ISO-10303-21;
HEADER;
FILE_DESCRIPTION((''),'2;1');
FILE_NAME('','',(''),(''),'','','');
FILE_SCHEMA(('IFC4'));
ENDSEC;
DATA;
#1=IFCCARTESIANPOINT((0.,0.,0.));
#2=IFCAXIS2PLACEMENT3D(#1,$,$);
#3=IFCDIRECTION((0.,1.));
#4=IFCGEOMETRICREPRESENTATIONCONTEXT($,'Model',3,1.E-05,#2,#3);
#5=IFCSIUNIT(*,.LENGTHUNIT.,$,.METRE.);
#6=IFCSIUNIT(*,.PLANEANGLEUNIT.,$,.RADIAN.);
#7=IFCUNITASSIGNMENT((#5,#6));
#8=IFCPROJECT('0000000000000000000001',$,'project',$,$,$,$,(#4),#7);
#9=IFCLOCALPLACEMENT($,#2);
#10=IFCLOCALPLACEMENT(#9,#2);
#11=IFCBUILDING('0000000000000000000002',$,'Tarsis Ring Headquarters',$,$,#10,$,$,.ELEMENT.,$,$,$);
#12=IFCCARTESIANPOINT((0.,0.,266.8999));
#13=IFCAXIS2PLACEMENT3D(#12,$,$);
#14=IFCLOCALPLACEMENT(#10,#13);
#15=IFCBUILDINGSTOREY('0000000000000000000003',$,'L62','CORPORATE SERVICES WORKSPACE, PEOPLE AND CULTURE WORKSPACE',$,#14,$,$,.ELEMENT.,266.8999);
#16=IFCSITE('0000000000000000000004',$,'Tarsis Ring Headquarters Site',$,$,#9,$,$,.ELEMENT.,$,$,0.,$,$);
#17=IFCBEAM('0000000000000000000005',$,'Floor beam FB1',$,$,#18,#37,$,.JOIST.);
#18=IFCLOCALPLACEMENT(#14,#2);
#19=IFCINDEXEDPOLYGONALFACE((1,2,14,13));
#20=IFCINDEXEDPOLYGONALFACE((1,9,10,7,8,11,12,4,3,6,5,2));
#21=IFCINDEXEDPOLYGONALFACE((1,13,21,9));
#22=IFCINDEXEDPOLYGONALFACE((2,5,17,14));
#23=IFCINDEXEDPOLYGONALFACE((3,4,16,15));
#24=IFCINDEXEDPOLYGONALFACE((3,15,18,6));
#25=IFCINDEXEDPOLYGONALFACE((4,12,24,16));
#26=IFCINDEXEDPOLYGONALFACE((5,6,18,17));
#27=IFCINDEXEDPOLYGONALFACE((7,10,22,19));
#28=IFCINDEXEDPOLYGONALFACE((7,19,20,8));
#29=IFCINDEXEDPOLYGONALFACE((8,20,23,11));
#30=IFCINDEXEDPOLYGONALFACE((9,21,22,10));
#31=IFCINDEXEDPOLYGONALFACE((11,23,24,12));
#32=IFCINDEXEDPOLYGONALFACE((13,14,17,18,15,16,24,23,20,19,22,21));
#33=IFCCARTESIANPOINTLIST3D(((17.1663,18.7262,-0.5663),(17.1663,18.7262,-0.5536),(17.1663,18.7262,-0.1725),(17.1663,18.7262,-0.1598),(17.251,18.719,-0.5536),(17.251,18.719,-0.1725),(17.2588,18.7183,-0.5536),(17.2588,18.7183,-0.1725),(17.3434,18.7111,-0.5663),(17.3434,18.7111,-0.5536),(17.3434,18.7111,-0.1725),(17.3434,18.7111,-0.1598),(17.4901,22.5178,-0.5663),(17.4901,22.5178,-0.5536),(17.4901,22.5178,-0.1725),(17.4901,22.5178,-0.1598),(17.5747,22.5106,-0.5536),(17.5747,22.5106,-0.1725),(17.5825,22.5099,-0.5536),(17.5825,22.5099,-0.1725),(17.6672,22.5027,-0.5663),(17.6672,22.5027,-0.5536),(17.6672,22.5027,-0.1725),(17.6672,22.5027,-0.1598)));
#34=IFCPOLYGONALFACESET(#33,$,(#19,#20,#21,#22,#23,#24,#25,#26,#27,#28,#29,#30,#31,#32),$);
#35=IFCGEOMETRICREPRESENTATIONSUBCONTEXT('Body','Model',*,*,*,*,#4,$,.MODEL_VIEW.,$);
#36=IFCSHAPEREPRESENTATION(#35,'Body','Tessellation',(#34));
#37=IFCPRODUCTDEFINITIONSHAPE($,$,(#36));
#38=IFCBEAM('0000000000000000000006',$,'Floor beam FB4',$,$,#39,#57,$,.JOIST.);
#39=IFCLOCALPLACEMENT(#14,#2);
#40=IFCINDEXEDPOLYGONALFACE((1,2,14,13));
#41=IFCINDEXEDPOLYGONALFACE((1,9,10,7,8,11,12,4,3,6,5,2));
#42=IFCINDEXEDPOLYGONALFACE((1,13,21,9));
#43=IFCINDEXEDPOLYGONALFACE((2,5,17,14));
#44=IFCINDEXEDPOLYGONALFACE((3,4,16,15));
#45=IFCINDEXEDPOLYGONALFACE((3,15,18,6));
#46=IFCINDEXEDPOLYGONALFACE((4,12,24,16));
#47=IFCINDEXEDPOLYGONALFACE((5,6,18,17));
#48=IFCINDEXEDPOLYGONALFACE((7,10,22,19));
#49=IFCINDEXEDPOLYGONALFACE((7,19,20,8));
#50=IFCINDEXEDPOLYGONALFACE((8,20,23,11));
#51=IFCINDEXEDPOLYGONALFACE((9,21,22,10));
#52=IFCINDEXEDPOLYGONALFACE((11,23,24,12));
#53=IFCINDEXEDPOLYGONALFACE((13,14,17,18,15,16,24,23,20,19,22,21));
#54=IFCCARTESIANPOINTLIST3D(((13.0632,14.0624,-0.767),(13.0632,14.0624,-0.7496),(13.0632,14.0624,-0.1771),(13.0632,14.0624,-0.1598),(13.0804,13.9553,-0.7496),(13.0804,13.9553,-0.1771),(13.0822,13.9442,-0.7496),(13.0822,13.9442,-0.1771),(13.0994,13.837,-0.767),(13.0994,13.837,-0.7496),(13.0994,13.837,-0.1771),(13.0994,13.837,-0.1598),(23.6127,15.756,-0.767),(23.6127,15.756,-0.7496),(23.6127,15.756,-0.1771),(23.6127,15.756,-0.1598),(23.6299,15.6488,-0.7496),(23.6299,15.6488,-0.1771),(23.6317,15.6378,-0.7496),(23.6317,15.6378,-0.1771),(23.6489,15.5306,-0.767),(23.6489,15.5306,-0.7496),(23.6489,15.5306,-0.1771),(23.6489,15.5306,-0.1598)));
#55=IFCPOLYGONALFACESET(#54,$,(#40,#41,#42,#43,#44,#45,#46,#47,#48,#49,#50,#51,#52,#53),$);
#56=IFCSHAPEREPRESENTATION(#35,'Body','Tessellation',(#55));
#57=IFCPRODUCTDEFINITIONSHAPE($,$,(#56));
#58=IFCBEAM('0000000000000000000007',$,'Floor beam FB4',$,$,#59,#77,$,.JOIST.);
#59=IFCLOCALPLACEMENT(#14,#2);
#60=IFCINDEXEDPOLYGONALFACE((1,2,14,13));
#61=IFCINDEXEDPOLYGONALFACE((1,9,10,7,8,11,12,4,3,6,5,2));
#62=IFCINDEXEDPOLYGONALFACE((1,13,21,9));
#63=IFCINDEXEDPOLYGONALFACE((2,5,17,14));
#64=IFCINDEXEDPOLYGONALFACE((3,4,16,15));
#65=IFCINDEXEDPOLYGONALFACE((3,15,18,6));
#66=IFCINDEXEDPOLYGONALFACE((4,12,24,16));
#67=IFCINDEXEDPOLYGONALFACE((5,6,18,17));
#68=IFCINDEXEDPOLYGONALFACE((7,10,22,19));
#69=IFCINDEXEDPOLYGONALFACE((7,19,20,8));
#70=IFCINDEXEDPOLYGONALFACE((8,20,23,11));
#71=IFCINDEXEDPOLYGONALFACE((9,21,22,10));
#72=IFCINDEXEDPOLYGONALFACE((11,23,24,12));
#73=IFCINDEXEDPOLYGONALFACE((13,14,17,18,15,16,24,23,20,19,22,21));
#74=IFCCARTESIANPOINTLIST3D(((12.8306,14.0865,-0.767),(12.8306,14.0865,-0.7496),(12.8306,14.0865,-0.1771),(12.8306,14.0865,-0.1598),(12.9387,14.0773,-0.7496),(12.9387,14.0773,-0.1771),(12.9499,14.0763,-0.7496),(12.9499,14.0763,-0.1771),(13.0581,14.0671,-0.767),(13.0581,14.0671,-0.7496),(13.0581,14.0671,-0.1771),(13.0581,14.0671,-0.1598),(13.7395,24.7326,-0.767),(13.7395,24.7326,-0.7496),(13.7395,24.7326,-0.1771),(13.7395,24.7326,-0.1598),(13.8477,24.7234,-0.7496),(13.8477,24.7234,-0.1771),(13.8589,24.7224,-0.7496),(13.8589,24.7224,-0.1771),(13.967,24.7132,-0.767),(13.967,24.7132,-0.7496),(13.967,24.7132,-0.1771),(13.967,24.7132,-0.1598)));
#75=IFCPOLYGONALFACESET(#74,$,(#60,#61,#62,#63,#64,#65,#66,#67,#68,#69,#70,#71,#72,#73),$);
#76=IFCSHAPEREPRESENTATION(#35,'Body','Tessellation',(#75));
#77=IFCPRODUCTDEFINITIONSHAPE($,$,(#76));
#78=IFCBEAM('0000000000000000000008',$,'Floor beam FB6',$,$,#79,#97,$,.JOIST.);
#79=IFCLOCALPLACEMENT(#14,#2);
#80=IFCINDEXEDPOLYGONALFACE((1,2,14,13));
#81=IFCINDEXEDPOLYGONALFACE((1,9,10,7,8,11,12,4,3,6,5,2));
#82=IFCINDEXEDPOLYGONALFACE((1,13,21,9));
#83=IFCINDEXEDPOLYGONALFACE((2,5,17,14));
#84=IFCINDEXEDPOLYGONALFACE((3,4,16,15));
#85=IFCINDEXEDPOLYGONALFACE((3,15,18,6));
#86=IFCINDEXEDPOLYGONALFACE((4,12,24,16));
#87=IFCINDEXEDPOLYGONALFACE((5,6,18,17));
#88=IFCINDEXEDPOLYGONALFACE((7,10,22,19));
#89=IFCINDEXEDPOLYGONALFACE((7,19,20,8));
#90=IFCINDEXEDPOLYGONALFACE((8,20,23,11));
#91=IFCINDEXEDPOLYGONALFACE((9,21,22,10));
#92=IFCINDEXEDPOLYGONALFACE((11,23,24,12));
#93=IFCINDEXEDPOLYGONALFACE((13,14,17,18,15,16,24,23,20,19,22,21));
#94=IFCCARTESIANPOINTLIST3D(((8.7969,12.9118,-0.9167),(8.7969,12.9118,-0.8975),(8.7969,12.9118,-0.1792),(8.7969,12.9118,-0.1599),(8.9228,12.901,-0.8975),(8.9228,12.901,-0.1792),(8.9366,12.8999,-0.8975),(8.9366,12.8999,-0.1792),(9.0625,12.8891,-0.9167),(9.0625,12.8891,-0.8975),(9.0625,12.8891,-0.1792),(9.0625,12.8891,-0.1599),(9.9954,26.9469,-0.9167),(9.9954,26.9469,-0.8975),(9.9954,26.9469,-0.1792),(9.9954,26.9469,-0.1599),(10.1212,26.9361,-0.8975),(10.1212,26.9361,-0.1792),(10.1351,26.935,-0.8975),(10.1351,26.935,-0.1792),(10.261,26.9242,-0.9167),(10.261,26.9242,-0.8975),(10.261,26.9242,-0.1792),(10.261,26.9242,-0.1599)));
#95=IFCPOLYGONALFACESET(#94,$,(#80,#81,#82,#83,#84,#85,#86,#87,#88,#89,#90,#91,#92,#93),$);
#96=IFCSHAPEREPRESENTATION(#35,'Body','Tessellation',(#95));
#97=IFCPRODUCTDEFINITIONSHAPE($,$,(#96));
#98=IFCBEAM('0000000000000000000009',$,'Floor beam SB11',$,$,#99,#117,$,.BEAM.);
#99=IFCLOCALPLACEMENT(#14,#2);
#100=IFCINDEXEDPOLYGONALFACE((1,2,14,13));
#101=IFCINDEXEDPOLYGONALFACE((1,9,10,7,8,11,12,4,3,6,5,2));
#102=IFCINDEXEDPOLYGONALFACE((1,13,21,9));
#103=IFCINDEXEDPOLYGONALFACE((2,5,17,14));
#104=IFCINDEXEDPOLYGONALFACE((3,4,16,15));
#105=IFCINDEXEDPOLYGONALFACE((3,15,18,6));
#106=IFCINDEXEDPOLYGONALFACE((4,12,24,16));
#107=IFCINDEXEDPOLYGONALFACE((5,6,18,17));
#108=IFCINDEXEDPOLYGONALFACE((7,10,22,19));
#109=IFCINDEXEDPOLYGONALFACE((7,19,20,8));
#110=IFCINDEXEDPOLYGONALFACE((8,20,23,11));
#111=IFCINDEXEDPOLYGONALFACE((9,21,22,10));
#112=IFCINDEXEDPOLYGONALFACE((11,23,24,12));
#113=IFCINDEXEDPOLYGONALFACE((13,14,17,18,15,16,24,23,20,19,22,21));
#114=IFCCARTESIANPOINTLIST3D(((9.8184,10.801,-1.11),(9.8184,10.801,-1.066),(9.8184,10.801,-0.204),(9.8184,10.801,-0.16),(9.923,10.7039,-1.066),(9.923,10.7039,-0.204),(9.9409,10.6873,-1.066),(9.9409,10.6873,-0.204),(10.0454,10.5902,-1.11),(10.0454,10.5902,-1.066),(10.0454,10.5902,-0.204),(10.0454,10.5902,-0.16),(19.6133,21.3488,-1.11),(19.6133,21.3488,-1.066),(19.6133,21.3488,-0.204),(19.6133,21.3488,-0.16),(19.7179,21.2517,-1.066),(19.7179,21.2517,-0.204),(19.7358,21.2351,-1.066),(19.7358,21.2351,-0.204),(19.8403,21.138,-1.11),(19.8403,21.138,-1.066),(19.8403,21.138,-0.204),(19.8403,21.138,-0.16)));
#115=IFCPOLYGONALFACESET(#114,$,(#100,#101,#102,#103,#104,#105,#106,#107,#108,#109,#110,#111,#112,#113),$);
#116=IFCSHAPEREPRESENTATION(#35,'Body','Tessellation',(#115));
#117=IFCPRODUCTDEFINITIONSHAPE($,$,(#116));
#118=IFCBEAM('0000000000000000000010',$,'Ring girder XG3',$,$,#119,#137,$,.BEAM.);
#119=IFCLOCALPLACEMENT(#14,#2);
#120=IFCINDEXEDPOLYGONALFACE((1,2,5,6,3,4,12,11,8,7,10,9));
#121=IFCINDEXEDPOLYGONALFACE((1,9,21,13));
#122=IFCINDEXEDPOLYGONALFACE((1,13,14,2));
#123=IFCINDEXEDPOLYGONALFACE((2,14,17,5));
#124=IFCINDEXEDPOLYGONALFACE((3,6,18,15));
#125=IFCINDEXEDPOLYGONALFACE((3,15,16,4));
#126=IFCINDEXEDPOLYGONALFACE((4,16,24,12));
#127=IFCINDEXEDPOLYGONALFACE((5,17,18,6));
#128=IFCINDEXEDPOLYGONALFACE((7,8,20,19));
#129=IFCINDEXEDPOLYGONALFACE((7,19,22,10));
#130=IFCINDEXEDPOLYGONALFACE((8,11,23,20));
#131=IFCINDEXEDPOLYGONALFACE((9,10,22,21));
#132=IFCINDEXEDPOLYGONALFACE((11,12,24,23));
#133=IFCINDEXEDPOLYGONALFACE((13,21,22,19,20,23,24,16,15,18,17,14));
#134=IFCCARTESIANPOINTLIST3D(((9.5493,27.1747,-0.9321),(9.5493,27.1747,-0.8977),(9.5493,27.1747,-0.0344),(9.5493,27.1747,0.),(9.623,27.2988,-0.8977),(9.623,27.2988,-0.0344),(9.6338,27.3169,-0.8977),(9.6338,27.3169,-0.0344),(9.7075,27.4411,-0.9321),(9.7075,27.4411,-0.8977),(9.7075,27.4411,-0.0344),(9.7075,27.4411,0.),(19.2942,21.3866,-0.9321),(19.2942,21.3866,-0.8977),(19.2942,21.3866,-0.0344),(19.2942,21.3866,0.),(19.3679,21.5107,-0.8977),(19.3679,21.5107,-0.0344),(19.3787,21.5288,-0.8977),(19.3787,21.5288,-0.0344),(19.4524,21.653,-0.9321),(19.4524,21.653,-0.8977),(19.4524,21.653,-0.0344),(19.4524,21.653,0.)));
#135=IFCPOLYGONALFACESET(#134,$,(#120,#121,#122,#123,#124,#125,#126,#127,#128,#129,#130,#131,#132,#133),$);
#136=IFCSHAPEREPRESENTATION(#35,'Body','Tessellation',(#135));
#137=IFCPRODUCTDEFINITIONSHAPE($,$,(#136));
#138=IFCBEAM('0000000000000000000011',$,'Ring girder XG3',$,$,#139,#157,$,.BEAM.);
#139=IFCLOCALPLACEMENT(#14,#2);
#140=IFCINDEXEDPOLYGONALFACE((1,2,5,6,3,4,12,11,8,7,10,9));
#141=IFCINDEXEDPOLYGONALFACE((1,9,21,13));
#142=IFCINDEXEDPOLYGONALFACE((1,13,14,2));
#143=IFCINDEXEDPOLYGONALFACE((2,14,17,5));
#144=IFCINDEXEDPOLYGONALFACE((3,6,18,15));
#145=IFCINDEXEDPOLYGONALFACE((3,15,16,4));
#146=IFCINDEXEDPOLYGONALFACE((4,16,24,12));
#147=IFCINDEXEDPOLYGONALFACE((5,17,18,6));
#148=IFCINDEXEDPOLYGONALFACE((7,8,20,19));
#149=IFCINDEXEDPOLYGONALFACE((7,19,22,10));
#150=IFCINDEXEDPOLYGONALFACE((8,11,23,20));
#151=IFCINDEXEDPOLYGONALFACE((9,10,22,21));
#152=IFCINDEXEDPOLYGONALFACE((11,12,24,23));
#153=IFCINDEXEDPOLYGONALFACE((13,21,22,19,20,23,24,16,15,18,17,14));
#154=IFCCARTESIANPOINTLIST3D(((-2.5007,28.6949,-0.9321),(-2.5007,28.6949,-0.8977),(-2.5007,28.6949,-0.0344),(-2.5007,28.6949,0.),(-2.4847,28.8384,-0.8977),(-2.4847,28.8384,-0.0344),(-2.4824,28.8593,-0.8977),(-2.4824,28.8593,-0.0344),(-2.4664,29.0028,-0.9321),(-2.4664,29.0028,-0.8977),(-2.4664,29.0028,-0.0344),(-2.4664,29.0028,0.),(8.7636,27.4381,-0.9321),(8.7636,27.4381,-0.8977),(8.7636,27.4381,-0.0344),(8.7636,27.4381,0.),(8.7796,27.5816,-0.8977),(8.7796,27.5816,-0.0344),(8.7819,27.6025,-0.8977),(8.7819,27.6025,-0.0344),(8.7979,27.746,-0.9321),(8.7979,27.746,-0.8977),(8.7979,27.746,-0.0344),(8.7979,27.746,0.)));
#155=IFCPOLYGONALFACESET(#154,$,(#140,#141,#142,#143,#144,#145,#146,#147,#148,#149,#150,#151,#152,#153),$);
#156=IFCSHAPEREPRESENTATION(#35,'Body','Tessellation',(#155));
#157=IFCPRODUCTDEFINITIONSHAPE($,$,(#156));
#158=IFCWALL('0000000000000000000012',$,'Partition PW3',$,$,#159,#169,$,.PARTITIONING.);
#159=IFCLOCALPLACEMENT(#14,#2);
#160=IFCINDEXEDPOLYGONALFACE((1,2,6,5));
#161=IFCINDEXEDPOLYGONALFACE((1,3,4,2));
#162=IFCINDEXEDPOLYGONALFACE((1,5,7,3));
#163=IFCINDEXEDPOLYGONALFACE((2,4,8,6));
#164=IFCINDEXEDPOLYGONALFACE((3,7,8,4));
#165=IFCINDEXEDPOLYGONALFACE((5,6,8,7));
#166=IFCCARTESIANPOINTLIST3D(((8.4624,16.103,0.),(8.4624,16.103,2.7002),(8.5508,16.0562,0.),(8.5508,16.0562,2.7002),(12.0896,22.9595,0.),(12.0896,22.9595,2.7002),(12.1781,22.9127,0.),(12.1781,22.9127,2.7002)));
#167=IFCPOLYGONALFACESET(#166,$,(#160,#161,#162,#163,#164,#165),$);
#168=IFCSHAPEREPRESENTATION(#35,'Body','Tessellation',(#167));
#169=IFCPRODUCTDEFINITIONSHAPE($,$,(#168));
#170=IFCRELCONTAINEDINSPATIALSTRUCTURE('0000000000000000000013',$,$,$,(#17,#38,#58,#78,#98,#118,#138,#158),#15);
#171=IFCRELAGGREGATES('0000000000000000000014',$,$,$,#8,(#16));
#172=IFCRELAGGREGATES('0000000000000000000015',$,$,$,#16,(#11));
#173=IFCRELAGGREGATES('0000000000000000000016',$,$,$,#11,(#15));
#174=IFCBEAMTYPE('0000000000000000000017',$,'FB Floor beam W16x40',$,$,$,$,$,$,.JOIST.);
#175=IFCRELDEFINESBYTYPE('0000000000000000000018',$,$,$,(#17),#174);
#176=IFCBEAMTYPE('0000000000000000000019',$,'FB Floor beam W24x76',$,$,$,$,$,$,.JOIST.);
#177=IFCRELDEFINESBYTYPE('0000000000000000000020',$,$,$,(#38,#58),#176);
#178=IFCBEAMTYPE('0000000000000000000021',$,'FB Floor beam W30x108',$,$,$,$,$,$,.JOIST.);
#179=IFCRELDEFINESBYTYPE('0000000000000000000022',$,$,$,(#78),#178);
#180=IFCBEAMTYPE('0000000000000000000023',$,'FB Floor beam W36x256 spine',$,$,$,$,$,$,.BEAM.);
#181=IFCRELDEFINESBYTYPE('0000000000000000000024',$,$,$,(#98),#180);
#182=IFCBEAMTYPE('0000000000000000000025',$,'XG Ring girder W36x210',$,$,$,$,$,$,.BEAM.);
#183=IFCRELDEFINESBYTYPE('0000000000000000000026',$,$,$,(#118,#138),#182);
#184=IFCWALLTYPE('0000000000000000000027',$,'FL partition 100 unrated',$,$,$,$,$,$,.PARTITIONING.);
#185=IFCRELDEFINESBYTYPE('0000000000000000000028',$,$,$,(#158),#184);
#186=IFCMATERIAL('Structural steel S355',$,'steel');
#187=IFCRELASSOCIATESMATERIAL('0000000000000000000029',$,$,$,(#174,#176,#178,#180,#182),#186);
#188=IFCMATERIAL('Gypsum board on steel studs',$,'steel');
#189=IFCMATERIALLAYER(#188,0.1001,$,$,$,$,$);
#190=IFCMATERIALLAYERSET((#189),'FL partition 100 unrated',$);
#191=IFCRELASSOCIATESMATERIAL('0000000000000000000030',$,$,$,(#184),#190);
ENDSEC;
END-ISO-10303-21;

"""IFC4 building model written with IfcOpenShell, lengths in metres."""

from ifc_helpers import new_model, si_unit, direction, frame, frame_2d, origin, origin_2d, place, context, subcontext, project, spatial, rectangle, i_section, extrude, material, layer, layer_set, material_profile, profile_set, type_object, element, save


model = new_model("IFC4")

# Units and contexts
model_context = context("Model", 3, precision=1e-05, world=origin(), true_north=direction((0.0, 1.0)))
body_context = subcontext(model_context, "Body", "Model", "MODEL_VIEW")
ifc_project = project(units=[si_unit("LENGTHUNIT", "METRE"), si_unit("PLANEANGLEUNIT", "RADIAN")], contexts=[model_context])

# Site, building, storey
site_placement = place(None, origin())
site = spatial("IfcSite", under=ifc_project, at=site_placement, Name="Tarsis Ring Headquarters Site", CompositionType="ELEMENT", RefElevation=0.0)
building_placement = place(site_placement, origin())
building = spatial("IfcBuilding", under=site, at=building_placement, Name="Tarsis Ring Headquarters", CompositionType="ELEMENT")
storey_placement = place(building_placement, frame((0.0, 0.0, 266.8999)))
storey = spatial("IfcBuildingStorey", under=building, at=storey_placement, Name="L62", Description="CORPORATE SERVICES WORKSPACE, PEOPLE AND CULTURE WORKSPACE", CompositionType="ELEMENT", Elevation=266.8999)

# Shared definitions
ifc_material_1 = material(Name="Structural steel S355", Category="steel")

# Beams
ifc_material_profile_1 = material_profile(ifc_material_1, i_section(OverallWidth=0.1777, OverallDepth=0.4065, WebThickness=0.0078, FlangeThickness=0.0127, at=origin_2d()), Name="W16x40")
ifc_profile_set_1 = profile_set([ifc_material_profile_1], Name="Structural steel S355")
beam_type_1 = type_object("IfcBeamType", Name="FB Floor beam W16x40", PredefinedType="JOIST", material=ifc_profile_set_1)
beam_1_placement = place(storey_placement, frame((17.5786, 22.5103, -0.363), z_axis=(-0.085074, -0.996375, 0.0), x_axis=(0.996375, -0.085074, 0.0)))
element("IfcBeam", 1, at=beam_1_placement, inside=storey, type_object=beam_type_1, Name="Floor beam FB1", PredefinedType="JOIST", context=body_context, shape_type="SweptSolid", body=[
    extrude(i_section(OverallWidth=0.1777, OverallDepth=0.4065, WebThickness=0.0078, FlangeThickness=0.0127, at=origin_2d()), origin(), (0.0, 0.0, 1.0), 3.8054),
])
ifc_material_profile_2 = material_profile(ifc_material_1, i_section(OverallWidth=0.2283, OverallDepth=0.6072, WebThickness=0.0112, FlangeThickness=0.0173, at=origin_2d()), Name="W24x76")
ifc_profile_set_2 = profile_set([ifc_material_profile_2], Name="Structural steel S355")
beam_type_2 = type_object("IfcBeamType", Name="FB Floor beam W24x76", PredefinedType="JOIST", material=ifc_profile_set_2)
beam_2_placement = place(storey_placement, frame((13.0813, 13.9497, -0.4634), z_axis=(0.987358, 0.158508, 0.0), x_axis=(-0.158508, 0.987358, 0.0)))
element("IfcBeam", 2, at=beam_2_placement, inside=storey, type_object=beam_type_2, Name="Floor beam FB4", PredefinedType="JOIST", context=body_context, shape_type="SweptSolid", body=[
    extrude(i_section(OverallWidth=0.2283, OverallDepth=0.6072, WebThickness=0.0112, FlangeThickness=0.0173, at=origin_2d()), origin(), (0.0, 0.0, 1.0), 10.6846),
])
beam_3_placement = place(storey_placement, frame((13.8533, 24.7229, -0.4634), z_axis=(-0.085069, -0.996375, 0.0), x_axis=(0.996375, -0.085069, 0.0)))
element("IfcBeam", 3, at=beam_3_placement, inside=storey, type_object=beam_type_2, Name="Floor beam FB4", PredefinedType="JOIST", context=body_context, shape_type="SweptSolid", body=[
    extrude(i_section(OverallWidth=0.2283, OverallDepth=0.6072, WebThickness=0.0112, FlangeThickness=0.0173, at=origin_2d()), origin(), (0.0, 0.0, 1.0), 10.6848),
])
ifc_material_profile_3 = material_profile(ifc_material_1, i_section(OverallWidth=0.2666, OverallDepth=0.7568, WebThickness=0.0139, FlangeThickness=0.0193, at=origin_2d()), Name="W30x108")
ifc_profile_set_3 = profile_set([ifc_material_profile_3], Name="Structural steel S355")
beam_type_3 = type_object("IfcBeamType", Name="FB Floor beam W30x108", PredefinedType="JOIST", material=ifc_profile_set_3)
beam_4_placement = place(storey_placement, frame((10.1282, 26.9355, -0.5383), z_axis=(-0.085082, -0.996374, 0.0), x_axis=(0.996374, -0.085082, 0.0)))
element("IfcBeam", 4, at=beam_4_placement, inside=storey, type_object=beam_type_3, Name="Floor beam FB6", PredefinedType="JOIST", context=body_context, shape_type="SweptSolid", body=[
    extrude(i_section(OverallWidth=0.2666, OverallDepth=0.7568, WebThickness=0.0139, FlangeThickness=0.0193, at=origin_2d()), origin(), (0.0, 0.0, 1.0), 14.0862),
])
ifc_material_profile_4 = material_profile(ifc_material_1, i_section(OverallWidth=0.3098, OverallDepth=0.95, WebThickness=0.0244, FlangeThickness=0.0439, at=origin_2d()), Name="W36x256")
ifc_profile_set_4 = profile_set([ifc_material_profile_4], Name="Structural steel S355")
beam_type_4 = type_object("IfcBeamType", Name="FB Floor beam W36x256 spine", PredefinedType="BEAM", material=ifc_profile_set_4)
beam_5_placement = place(storey_placement, frame((19.7268, 21.2434, -0.635), z_axis=(-0.680469, -0.732777, 0.0), x_axis=(0.732777, -0.680469, 0.0)))
element("IfcBeam", 5, at=beam_5_placement, inside=storey, type_object=beam_type_4, Name="Floor beam SB11", PredefinedType="BEAM", context=body_context, shape_type="SweptSolid", body=[
    extrude(i_section(OverallWidth=0.3098, OverallDepth=0.95, WebThickness=0.0244, FlangeThickness=0.0439, at=origin_2d()), origin(), (0.0, 0.0, 1.0), 14.3943),
])
ifc_material_profile_5 = material_profile(ifc_material_1, i_section(OverallWidth=0.3098, OverallDepth=0.9321, WebThickness=0.021, FlangeThickness=0.0344, at=origin_2d()), Name="W36x210")
ifc_profile_set_5 = profile_set([ifc_material_profile_5], Name="Structural steel S355")
beam_type_5 = type_object("IfcBeamType", Name="XG Ring girder W36x210", PredefinedType="BEAM", material=ifc_profile_set_5)
for number, where, z_axis, x_axis, name in (
    (6, (19.3733, 21.5198, -0.4661), (-0.859775, 0.510674, 0.0), (-0.510674, -0.859775, 0.0), "Ring girder XG3"),
    (7, (8.7808, 27.592, -0.4661), (-0.993833, 0.110888, 0.0), (-0.110888, -0.993833, 0.0), "Ring girder XG3"),
):
    element("IfcBeam", number, at=place(storey_placement, frame(where, z_axis=z_axis, x_axis=x_axis)), inside=storey, type_object=beam_type_5, Name=name, PredefinedType="BEAM", context=body_context, shape_type="SweptSolid", body=[
        extrude(i_section(OverallWidth=0.3098, OverallDepth=0.9321, WebThickness=0.021, FlangeThickness=0.0344, at=origin_2d()), origin(), (0.0, 0.0, 1.0), 11.3342),
    ])

# Wall
ifc_material_2 = material(Name="Gypsum board on steel studs", Category="steel")
ifc_layer_1 = layer(ifc_material_2, 0.1001)
ifc_layer_set_1 = layer_set([ifc_layer_1], Name="FL partition 100 unrated")
wall_type_1 = type_object("IfcWallType", Name="FL partition 100 unrated", PredefinedType="PARTITIONING", material=ifc_layer_set_1)
wall_1_placement = place(storey_placement, frame((8.5066, 16.0796, 0.0), z_axis=(0.0, 0.0, 1.0), x_axis=(0.467617, 0.883931, 0.0)))
element("IfcWall", 8, at=wall_1_placement, inside=storey, type_object=wall_type_1, Name="Partition PW3", PredefinedType="PARTITIONING", context=body_context, shape_type="SweptSolid", body=[
    extrude(rectangle(XDim=7.7568, YDim=0.1001, at=frame_2d((3.8784, 0.0))), origin(), (0.0, 0.0, 1.0), 2.7002),
])

save(model, "model.ifc")
